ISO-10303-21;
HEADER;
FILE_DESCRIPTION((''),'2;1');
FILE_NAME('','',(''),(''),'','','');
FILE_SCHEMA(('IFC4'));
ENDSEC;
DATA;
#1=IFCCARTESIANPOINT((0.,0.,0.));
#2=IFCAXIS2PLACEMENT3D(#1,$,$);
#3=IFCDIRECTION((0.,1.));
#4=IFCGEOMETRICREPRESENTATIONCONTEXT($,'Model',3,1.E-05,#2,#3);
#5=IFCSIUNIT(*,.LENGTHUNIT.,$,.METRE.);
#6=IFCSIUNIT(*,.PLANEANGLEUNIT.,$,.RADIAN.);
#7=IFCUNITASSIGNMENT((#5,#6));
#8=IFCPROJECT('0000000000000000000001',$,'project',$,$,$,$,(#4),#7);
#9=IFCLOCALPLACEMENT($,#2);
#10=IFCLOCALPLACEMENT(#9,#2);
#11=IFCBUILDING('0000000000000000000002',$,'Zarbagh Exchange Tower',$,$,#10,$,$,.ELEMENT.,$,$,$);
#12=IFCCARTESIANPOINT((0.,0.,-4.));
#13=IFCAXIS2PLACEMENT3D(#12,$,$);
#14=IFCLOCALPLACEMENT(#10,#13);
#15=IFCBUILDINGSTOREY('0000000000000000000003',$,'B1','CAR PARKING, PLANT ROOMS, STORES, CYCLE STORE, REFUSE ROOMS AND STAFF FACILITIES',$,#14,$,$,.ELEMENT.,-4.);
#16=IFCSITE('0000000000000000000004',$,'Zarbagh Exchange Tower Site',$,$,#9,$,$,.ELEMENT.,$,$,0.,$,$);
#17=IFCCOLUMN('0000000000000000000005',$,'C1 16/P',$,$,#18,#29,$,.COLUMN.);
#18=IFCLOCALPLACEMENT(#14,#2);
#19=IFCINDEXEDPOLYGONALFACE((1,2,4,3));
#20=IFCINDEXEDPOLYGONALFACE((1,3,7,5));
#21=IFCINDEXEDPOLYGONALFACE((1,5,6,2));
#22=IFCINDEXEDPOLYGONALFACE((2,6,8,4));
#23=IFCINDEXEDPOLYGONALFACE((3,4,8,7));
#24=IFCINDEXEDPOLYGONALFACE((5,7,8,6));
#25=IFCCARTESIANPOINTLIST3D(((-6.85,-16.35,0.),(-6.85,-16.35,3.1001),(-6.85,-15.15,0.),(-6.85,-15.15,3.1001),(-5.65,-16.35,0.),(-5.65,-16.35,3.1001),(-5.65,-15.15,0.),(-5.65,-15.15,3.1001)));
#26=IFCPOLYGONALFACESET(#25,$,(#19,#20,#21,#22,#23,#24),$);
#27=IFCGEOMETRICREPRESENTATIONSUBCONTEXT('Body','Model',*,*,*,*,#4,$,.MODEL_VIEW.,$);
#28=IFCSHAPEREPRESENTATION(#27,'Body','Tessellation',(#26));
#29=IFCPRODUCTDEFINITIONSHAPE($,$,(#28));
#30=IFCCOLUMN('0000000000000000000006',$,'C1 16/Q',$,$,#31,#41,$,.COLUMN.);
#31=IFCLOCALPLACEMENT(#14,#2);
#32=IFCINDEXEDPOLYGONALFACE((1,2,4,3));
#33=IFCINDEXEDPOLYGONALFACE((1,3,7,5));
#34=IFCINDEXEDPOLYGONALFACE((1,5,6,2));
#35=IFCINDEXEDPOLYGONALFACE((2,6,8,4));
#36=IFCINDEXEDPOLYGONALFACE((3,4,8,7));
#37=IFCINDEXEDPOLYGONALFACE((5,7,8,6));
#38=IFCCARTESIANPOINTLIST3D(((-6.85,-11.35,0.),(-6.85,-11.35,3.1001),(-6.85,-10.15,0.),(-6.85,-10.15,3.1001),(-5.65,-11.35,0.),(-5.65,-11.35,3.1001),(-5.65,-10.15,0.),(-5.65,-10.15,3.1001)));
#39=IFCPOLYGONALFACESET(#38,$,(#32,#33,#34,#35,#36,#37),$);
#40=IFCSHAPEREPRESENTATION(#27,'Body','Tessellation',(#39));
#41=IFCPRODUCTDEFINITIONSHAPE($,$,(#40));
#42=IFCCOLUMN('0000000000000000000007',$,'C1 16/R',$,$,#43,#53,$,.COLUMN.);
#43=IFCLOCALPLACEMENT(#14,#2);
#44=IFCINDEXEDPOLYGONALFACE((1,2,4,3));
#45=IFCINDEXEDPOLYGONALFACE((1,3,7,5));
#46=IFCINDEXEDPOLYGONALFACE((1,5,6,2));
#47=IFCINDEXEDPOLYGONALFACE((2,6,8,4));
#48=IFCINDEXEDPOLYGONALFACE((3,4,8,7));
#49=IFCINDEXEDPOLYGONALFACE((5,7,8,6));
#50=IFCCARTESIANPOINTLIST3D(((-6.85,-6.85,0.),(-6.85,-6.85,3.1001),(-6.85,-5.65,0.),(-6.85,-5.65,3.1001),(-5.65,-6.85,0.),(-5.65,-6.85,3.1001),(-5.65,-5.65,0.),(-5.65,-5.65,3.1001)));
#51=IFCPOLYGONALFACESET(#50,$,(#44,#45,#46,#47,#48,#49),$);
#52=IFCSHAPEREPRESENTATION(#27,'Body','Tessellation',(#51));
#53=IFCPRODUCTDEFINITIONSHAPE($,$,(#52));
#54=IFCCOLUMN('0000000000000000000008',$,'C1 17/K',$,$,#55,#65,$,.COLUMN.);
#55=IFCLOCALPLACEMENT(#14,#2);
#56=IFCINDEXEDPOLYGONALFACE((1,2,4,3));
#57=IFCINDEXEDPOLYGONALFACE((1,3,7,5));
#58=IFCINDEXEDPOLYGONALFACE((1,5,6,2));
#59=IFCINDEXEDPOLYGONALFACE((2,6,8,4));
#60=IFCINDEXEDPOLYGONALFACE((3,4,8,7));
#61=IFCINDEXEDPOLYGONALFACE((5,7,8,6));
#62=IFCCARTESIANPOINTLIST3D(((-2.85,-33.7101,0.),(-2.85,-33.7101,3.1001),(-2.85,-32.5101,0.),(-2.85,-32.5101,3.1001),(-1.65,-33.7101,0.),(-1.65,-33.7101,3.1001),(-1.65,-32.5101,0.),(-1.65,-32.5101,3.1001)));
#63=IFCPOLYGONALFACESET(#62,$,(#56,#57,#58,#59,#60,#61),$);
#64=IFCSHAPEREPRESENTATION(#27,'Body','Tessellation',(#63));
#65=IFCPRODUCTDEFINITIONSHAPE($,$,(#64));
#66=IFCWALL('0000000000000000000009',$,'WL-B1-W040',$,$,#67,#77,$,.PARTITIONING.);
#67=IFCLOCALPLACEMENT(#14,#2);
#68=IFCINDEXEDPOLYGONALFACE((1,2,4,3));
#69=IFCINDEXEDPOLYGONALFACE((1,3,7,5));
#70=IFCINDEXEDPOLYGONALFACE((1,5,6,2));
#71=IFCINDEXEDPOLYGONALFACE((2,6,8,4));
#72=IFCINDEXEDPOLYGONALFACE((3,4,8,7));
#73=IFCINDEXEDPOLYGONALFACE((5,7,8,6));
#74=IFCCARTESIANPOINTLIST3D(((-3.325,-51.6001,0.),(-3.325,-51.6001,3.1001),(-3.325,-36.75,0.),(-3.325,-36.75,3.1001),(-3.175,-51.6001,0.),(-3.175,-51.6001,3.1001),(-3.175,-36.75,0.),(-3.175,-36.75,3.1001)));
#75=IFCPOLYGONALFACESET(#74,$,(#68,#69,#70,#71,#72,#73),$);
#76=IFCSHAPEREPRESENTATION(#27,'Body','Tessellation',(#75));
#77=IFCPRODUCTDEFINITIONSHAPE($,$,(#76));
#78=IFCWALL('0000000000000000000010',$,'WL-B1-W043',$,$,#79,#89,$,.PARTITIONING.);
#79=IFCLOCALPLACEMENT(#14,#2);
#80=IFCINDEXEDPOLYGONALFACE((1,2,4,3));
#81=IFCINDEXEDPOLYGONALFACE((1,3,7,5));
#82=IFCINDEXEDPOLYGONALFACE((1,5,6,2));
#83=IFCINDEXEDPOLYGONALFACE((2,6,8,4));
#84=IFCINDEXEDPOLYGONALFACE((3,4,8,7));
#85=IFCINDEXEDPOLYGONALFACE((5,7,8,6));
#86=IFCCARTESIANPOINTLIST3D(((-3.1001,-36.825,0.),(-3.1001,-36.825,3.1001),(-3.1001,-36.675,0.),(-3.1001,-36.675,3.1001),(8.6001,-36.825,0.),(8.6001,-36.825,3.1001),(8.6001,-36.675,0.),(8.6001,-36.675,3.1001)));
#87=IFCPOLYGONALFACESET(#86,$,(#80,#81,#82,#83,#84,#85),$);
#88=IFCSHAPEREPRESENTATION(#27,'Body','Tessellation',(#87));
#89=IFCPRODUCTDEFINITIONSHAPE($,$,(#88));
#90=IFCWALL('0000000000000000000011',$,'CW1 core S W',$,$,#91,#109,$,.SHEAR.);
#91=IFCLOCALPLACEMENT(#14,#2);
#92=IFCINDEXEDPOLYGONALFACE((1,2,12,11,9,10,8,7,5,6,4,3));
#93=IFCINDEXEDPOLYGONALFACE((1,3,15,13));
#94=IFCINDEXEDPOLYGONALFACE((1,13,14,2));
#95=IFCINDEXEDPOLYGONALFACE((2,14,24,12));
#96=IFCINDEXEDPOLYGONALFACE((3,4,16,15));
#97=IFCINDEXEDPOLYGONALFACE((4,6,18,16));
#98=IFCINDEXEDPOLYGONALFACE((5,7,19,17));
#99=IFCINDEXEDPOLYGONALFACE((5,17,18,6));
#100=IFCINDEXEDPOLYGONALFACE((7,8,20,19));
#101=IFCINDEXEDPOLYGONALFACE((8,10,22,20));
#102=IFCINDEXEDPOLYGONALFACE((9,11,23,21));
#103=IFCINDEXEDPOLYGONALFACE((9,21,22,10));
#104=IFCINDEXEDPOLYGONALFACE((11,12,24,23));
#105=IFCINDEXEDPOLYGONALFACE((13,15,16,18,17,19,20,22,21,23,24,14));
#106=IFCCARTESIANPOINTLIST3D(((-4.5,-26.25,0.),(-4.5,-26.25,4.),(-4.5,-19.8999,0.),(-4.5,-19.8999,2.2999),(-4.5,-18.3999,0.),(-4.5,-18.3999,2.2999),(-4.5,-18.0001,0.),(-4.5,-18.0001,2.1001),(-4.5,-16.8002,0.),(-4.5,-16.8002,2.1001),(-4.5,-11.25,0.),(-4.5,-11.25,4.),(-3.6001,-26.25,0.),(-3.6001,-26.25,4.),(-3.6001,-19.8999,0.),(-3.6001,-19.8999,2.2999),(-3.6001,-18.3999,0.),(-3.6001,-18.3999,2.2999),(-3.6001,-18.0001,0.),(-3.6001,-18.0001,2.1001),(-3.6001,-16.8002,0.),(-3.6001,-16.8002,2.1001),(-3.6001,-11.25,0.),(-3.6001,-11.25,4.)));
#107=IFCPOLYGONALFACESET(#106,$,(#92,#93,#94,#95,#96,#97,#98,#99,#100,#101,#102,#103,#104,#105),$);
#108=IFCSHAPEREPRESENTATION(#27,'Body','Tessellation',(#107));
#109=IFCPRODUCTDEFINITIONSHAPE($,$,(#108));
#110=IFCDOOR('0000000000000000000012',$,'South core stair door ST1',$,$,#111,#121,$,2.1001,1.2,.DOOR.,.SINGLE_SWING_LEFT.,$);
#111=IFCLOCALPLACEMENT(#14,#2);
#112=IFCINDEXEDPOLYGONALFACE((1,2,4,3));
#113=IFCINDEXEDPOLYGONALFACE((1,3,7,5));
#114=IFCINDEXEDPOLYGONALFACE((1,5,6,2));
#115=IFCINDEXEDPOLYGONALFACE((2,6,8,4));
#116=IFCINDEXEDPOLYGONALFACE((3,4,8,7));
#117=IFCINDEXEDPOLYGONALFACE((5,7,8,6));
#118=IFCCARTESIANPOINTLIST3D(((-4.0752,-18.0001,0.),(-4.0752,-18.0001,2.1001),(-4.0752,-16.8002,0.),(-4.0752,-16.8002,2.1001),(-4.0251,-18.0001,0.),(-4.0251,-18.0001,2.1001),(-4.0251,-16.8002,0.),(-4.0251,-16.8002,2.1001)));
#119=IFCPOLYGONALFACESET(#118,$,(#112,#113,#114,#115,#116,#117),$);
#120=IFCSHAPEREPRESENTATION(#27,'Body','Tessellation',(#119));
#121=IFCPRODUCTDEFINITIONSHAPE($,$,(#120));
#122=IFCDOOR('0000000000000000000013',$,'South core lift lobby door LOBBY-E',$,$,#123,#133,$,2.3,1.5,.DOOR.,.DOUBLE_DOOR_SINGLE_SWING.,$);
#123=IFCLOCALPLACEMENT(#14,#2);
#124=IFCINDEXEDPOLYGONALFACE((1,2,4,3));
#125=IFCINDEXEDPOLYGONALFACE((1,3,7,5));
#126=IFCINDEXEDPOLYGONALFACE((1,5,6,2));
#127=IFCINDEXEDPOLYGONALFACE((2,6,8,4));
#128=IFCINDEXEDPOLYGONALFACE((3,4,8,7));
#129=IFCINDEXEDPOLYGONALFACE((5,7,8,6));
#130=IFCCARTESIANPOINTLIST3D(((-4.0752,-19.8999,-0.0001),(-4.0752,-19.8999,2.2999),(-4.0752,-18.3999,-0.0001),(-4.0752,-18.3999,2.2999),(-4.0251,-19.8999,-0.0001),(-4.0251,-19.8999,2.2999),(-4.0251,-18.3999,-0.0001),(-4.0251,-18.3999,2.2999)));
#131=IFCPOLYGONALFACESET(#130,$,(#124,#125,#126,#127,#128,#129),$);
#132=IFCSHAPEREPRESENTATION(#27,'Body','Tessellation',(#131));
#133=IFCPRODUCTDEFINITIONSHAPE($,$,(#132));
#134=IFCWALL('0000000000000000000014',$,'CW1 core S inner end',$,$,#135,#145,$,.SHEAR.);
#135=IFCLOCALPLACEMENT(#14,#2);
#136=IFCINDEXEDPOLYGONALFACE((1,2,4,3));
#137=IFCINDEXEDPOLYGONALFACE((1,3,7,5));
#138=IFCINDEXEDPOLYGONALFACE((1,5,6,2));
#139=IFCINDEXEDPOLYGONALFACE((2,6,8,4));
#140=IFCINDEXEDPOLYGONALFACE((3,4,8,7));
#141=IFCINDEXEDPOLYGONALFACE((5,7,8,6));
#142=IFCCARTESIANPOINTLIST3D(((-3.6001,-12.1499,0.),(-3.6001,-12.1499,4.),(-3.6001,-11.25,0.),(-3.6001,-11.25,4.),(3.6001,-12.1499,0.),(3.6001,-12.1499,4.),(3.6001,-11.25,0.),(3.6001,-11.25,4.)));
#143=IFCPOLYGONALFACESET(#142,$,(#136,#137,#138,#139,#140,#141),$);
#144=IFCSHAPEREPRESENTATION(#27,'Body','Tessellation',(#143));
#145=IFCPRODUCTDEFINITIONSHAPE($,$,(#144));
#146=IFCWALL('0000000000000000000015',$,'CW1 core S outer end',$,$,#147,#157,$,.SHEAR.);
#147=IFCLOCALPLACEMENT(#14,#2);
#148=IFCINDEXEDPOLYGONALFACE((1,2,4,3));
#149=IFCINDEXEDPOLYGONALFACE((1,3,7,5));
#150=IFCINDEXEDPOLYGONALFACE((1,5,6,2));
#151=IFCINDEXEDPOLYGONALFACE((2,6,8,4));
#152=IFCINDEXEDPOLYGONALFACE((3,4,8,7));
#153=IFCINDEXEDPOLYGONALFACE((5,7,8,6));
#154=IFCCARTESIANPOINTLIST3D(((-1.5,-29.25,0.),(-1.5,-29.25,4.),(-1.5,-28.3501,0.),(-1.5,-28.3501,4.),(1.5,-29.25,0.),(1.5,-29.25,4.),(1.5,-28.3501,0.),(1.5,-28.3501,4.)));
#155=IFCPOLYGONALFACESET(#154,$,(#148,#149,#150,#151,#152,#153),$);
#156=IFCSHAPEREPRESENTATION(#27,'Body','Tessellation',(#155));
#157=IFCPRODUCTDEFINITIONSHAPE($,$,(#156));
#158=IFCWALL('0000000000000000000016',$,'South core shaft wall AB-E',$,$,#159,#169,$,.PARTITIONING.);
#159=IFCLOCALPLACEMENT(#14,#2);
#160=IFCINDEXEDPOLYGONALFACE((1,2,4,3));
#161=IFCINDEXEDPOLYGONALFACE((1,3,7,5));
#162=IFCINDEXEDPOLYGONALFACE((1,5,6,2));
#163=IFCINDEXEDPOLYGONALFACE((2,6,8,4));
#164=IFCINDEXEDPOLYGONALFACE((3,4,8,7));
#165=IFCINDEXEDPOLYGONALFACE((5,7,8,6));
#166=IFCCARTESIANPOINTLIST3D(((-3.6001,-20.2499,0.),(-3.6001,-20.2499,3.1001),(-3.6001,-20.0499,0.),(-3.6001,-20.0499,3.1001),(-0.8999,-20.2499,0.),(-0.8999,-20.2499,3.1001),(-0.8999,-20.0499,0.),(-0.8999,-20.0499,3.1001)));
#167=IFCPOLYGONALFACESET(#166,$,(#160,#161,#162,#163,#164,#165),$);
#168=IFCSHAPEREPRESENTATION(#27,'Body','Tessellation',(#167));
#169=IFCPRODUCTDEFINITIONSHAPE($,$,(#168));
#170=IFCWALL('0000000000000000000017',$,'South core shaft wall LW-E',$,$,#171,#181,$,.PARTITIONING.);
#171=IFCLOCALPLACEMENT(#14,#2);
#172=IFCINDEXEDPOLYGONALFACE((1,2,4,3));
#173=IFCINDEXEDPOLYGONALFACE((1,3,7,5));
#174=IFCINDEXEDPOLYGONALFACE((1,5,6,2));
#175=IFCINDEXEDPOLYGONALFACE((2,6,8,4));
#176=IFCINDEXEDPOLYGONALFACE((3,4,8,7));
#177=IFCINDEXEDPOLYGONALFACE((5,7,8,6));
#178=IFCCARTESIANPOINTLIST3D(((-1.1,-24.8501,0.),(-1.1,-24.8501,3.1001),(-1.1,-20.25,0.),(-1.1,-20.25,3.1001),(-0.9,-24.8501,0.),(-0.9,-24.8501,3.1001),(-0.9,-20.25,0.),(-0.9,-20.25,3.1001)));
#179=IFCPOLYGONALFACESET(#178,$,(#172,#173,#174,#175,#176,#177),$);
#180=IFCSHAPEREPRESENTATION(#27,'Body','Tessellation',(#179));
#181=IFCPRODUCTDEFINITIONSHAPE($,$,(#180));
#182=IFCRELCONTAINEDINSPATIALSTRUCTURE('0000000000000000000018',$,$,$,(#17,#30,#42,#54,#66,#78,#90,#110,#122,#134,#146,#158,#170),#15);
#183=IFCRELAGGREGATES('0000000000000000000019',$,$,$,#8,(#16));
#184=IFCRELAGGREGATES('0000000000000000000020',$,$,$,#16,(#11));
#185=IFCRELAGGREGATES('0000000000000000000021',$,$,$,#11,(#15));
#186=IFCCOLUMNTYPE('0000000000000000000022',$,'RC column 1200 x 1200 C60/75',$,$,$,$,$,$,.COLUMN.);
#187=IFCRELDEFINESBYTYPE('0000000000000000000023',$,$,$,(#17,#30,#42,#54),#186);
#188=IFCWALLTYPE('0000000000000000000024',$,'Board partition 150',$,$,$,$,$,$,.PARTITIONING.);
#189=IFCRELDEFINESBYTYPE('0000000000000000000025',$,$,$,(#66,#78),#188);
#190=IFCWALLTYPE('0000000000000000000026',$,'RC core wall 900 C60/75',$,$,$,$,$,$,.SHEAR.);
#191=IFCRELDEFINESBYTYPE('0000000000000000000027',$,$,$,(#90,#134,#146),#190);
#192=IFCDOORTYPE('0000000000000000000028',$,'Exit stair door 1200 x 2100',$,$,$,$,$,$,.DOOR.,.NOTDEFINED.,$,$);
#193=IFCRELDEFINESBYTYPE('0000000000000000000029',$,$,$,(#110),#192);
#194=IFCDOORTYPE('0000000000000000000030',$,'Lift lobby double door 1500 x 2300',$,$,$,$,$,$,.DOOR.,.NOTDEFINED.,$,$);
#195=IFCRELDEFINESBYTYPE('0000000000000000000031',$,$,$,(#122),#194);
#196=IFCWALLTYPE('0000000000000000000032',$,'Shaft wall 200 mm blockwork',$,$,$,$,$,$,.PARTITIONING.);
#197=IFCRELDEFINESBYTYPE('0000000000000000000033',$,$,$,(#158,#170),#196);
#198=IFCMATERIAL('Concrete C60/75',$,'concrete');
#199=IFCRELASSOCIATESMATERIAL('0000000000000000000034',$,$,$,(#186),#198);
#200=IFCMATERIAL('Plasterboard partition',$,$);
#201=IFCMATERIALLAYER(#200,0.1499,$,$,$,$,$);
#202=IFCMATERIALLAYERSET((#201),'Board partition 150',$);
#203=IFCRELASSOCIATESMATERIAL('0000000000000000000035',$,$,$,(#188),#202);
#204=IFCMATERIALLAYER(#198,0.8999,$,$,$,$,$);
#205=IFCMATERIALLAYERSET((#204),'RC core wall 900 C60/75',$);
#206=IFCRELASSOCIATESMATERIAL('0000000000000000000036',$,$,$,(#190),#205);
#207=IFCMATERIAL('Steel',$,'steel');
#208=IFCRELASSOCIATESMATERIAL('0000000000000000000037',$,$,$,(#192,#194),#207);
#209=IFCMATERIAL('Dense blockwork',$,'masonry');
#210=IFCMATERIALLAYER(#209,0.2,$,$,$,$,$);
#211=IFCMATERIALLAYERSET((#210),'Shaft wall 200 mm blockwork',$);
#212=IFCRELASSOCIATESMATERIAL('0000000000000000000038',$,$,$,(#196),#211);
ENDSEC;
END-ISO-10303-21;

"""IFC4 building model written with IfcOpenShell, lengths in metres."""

from ifc_helpers import new_model, si_unit, direction, frame, frame_2d, origin, origin_2d, place, context, subcontext, project, spatial, rectangle, extrude, material, layer, layer_set, material_profile, profile_set, type_object, element, fill, save


model = new_model("IFC4")

# Units and contexts
model_context = context("Model", 3, precision=1e-05, world=origin(), true_north=direction((0.0, 1.0)))
body_context = subcontext(model_context, "Body", "Model", "MODEL_VIEW")
ifc_project = project(units=[si_unit("LENGTHUNIT", "METRE"), si_unit("PLANEANGLEUNIT", "RADIAN")], contexts=[model_context])

# Site, building, storey
site_placement = place(None, origin())
site = spatial("IfcSite", under=ifc_project, at=site_placement, Name="Zarbagh Exchange Tower Site", CompositionType="ELEMENT", RefElevation=0.0)
building_placement = place(site_placement, origin())
building = spatial("IfcBuilding", under=site, at=building_placement, Name="Zarbagh Exchange Tower", CompositionType="ELEMENT")
storey_placement = place(building_placement, frame((0.0, 0.0, -4.0)))
storey = spatial("IfcBuildingStorey", under=building, at=storey_placement, Name="B1", Description="CAR PARKING, PLANT ROOMS, STORES, CYCLE STORE, REFUSE ROOMS AND STAFF FACILITIES", CompositionType="ELEMENT", Elevation=-4.0)

# Columns
ifc_material_1 = material(Name="Concrete C60/75", Category="concrete")
ifc_material_profile = material_profile(ifc_material_1, rectangle(XDim=1.2, YDim=1.2, at=origin_2d()), Name="RC column 1200 x 1200 C60/75")
ifc_profile_set = profile_set([ifc_material_profile], Name="Concrete C60/75")
column_type = type_object("IfcColumnType", Name="RC column 1200 x 1200 C60/75", PredefinedType="COLUMN", material=ifc_profile_set)
for number, where, z_axis, x_axis, name in (
    (1, (-6.25, -15.75, 0.0), (0.0, 0.0, 1.0), (1.0, 0.0, 0.0), "C1 16/P"),
    (2, (-6.25, -10.75, 0.0), (0.0, 0.0, 1.0), (1.0, 0.0, 0.0), "C1 16/Q"),
    (3, (-6.25, -6.25, 0.0), (0.0, 0.0, 1.0), (1.0, 0.0, 0.0), "C1 16/R"),
    (4, (-2.25, -33.1101, 0.0), (0.0, 0.0, 1.0), (1.0, 0.0, 0.0), "C1 17/K"),
):
    element("IfcColumn", number, at=place(storey_placement, frame(where, z_axis=z_axis, x_axis=x_axis)), inside=storey, type_object=column_type, Name=name, PredefinedType="COLUMN", context=body_context, shape_type="SweptSolid", body=[
        extrude(rectangle(XDim=1.2, YDim=1.2, at=origin_2d()), origin(), (0.0, 0.0, 1.0), 3.1001),
    ])

# Walls
ifc_material_2 = material(Name="Plasterboard partition")
ifc_layer_1 = layer(ifc_material_2, 0.1499)
ifc_layer_set_1 = layer_set([ifc_layer_1], Name="Board partition 150")
wall_type_1 = type_object("IfcWallType", Name="Board partition 150", PredefinedType="PARTITIONING", material=ifc_layer_set_1)
wall_1_placement = place(storey_placement, frame((-3.25, -36.75, 0.0), z_axis=(0.0, 0.0, 1.0), x_axis=(0.0, -1.0, 0.0)))
element("IfcWall", 5, at=wall_1_placement, inside=storey, type_object=wall_type_1, Name="WL-B1-W040", PredefinedType="PARTITIONING", context=body_context, shape_type="SweptSolid", body=[
    extrude(rectangle(XDim=14.8501, YDim=0.1499, at=frame_2d((7.425, 0.0))), origin(), (0.0, 0.0, 1.0), 3.1001),
])
wall_2_placement = place(storey_placement, frame((-3.1001, -36.75, 0.0), z_axis=(0.0, 0.0, 1.0), x_axis=(1.0, 0.0, 0.0)))
element("IfcWall", 6, at=wall_2_placement, inside=storey, type_object=wall_type_1, Name="WL-B1-W043", PredefinedType="PARTITIONING", context=body_context, shape_type="SweptSolid", body=[
    extrude(rectangle(XDim=11.7002, YDim=0.1499, at=frame_2d((5.8501, 0.0))), origin(), (0.0, 0.0, 1.0), 3.1001),
])

# Wall, openings, doors
ifc_layer_2 = layer(ifc_material_1, 0.8999)
ifc_layer_set_2 = layer_set([ifc_layer_2], Name="RC core wall 900 C60/75")
wall_type_2 = type_object("IfcWallType", Name="RC core wall 900 C60/75", PredefinedType="SHEAR", material=ifc_layer_set_2)
wall_3_placement = place(storey_placement, frame((-4.05, -11.25, 0.0), z_axis=(0.0, 0.0, 1.0), x_axis=(0.0, -1.0, 0.0)))
wall_3 = element("IfcWall", 7, at=wall_3_placement, inside=storey, type_object=wall_type_2, Name="CW1 core S W", PredefinedType="SHEAR", context=body_context, shape_type="SweptSolid", body=[
    extrude(rectangle(XDim=15.0, YDim=0.8999, at=frame_2d((7.5, 0.0))), origin(), (0.0, 0.0, 1.0), 4.0),
])
opening_1_placement = place(wall_3_placement, frame((7.1499, 0.0, 0.0)))
opening_1 = element("IfcOpeningElement", 8, at=opening_1_placement, cuts=wall_3, PredefinedType="OPENING", context=body_context, shape_type="SweptSolid", body=[
    extrude(rectangle(XDim=1.5, YDim=2.3, at=frame_2d((0.75, 1.1499))), frame((0.0, 0.46, 0.0), z_axis=(0.0, -1.0, 0.0), x_axis=(1.0, 0.0, 0.0)), (0.0, 0.0, 1.0), 0.9199),
])
opening_2_placement = place(wall_3_placement, frame((5.55, 0.0, 0.0)))
opening_2 = element("IfcOpeningElement", 9, at=opening_2_placement, cuts=wall_3, PredefinedType="OPENING", context=body_context, shape_type="SweptSolid", body=[
    extrude(rectangle(XDim=1.2, YDim=2.1001, at=frame_2d((0.6001, 1.05))), frame((0.0, 0.46, 0.0), z_axis=(0.0, -1.0, 0.0), x_axis=(1.0, 0.0, 0.0)), (0.0, 0.0, 1.0), 0.9199),
])
ifc_material_3 = material(Name="Steel", Category="steel")
door_type_1 = type_object("IfcDoorType", Name="Exit stair door 1200 x 2100", OperationType="NOTDEFINED", PredefinedType="DOOR", material=ifc_material_3)
door_1_placement = place(opening_2_placement, origin())
door_1 = element("IfcDoor", 10, at=door_1_placement, inside=storey, type_object=door_type_1, Name="South core stair door ST1", OperationType="SINGLE_SWING_LEFT", OverallHeight=2.1001, OverallWidth=1.2, PredefinedType="DOOR", context=body_context, shape_type="SweptSolid", body=[
    extrude(rectangle(XDim=1.2, YDim=2.1001, at=frame_2d((0.6001, 1.05))), frame((0.0, 0.0249, 0.0), z_axis=(0.0, -1.0, 0.0), x_axis=(1.0, 0.0, 0.0)), (0.0, 0.0, 1.0), 0.05),
])
fill(opening_2, door_1)
door_type_2 = type_object("IfcDoorType", Name="Lift lobby double door 1500 x 2300", OperationType="NOTDEFINED", PredefinedType="DOOR", material=ifc_material_3)
door_2_placement = place(opening_1_placement, origin())
door_2 = element("IfcDoor", 11, at=door_2_placement, inside=storey, type_object=door_type_2, Name="South core lift lobby door LOBBY-E", OperationType="DOUBLE_DOOR_SINGLE_SWING", OverallHeight=2.3, OverallWidth=1.5, PredefinedType="DOOR", context=body_context, shape_type="SweptSolid", body=[
    extrude(rectangle(XDim=1.5, YDim=2.3, at=frame_2d((0.75, 1.1499))), frame((0.0, 0.0249, 0.0), z_axis=(0.0, -1.0, 0.0), x_axis=(1.0, 0.0, 0.0)), (0.0, 0.0, 1.0), 0.05),
])
fill(opening_1, door_2)

# Walls
wall_4_placement = place(storey_placement, frame((-3.6001, -11.7, 0.0), z_axis=(0.0, 0.0, 1.0), x_axis=(1.0, 0.0, 0.0)))
element("IfcWall", 12, at=wall_4_placement, inside=storey, type_object=wall_type_2, Name="CW1 core S inner end", PredefinedType="SHEAR", context=body_context, shape_type="SweptSolid", body=[
    extrude(rectangle(XDim=7.2002, YDim=0.8999, at=frame_2d((3.6001, 0.0))), origin(), (0.0, 0.0, 1.0), 4.0),
])
wall_5_placement = place(storey_placement, frame((-1.5, -28.8, 0.0), z_axis=(0.0, 0.0, 1.0), x_axis=(1.0, 0.0, 0.0)))
element("IfcWall", 13, at=wall_5_placement, inside=storey, type_object=wall_type_2, Name="CW1 core S outer end", PredefinedType="SHEAR", context=body_context, shape_type="SweptSolid", body=[
    extrude(rectangle(XDim=3.0, YDim=0.8999, at=frame_2d((1.5, 0.0))), origin(), (0.0, 0.0, 1.0), 4.0),
])
ifc_material_4 = material(Name="Dense blockwork", Category="masonry")
ifc_layer_3 = layer(ifc_material_4, 0.2)
ifc_layer_set_3 = layer_set([ifc_layer_3], Name="Shaft wall 200 mm blockwork")
wall_type_3 = type_object("IfcWallType", Name="Shaft wall 200 mm blockwork", PredefinedType="PARTITIONING", material=ifc_layer_set_3)
wall_6_placement = place(storey_placement, frame((-0.8999, -20.1499, 0.0), z_axis=(0.0, 0.0, 1.0), x_axis=(-1.0, 0.0, 0.0)))
element("IfcWall", 14, at=wall_6_placement, inside=storey, type_object=wall_type_3, Name="South core shaft wall AB-E", PredefinedType="PARTITIONING", context=body_context, shape_type="SweptSolid", body=[
    extrude(rectangle(XDim=2.7002, YDim=0.2, at=frame_2d((1.3501, 0.0))), origin(), (0.0, 0.0, 1.0), 3.1001),
])
wall_7_placement = place(storey_placement, frame((-1.0, -24.8501, 0.0), z_axis=(0.0, 0.0, 1.0), x_axis=(0.0, 1.0, 0.0)))
element("IfcWall", 15, at=wall_7_placement, inside=storey, type_object=wall_type_3, Name="South core shaft wall LW-E", PredefinedType="PARTITIONING", context=body_context, shape_type="SweptSolid", body=[
    extrude(rectangle(XDim=4.6001, YDim=0.2, at=frame_2d((2.3, 0.0))), origin(), (0.0, 0.0, 1.0), 3.1001),
])

save(model, "model.ifc")
